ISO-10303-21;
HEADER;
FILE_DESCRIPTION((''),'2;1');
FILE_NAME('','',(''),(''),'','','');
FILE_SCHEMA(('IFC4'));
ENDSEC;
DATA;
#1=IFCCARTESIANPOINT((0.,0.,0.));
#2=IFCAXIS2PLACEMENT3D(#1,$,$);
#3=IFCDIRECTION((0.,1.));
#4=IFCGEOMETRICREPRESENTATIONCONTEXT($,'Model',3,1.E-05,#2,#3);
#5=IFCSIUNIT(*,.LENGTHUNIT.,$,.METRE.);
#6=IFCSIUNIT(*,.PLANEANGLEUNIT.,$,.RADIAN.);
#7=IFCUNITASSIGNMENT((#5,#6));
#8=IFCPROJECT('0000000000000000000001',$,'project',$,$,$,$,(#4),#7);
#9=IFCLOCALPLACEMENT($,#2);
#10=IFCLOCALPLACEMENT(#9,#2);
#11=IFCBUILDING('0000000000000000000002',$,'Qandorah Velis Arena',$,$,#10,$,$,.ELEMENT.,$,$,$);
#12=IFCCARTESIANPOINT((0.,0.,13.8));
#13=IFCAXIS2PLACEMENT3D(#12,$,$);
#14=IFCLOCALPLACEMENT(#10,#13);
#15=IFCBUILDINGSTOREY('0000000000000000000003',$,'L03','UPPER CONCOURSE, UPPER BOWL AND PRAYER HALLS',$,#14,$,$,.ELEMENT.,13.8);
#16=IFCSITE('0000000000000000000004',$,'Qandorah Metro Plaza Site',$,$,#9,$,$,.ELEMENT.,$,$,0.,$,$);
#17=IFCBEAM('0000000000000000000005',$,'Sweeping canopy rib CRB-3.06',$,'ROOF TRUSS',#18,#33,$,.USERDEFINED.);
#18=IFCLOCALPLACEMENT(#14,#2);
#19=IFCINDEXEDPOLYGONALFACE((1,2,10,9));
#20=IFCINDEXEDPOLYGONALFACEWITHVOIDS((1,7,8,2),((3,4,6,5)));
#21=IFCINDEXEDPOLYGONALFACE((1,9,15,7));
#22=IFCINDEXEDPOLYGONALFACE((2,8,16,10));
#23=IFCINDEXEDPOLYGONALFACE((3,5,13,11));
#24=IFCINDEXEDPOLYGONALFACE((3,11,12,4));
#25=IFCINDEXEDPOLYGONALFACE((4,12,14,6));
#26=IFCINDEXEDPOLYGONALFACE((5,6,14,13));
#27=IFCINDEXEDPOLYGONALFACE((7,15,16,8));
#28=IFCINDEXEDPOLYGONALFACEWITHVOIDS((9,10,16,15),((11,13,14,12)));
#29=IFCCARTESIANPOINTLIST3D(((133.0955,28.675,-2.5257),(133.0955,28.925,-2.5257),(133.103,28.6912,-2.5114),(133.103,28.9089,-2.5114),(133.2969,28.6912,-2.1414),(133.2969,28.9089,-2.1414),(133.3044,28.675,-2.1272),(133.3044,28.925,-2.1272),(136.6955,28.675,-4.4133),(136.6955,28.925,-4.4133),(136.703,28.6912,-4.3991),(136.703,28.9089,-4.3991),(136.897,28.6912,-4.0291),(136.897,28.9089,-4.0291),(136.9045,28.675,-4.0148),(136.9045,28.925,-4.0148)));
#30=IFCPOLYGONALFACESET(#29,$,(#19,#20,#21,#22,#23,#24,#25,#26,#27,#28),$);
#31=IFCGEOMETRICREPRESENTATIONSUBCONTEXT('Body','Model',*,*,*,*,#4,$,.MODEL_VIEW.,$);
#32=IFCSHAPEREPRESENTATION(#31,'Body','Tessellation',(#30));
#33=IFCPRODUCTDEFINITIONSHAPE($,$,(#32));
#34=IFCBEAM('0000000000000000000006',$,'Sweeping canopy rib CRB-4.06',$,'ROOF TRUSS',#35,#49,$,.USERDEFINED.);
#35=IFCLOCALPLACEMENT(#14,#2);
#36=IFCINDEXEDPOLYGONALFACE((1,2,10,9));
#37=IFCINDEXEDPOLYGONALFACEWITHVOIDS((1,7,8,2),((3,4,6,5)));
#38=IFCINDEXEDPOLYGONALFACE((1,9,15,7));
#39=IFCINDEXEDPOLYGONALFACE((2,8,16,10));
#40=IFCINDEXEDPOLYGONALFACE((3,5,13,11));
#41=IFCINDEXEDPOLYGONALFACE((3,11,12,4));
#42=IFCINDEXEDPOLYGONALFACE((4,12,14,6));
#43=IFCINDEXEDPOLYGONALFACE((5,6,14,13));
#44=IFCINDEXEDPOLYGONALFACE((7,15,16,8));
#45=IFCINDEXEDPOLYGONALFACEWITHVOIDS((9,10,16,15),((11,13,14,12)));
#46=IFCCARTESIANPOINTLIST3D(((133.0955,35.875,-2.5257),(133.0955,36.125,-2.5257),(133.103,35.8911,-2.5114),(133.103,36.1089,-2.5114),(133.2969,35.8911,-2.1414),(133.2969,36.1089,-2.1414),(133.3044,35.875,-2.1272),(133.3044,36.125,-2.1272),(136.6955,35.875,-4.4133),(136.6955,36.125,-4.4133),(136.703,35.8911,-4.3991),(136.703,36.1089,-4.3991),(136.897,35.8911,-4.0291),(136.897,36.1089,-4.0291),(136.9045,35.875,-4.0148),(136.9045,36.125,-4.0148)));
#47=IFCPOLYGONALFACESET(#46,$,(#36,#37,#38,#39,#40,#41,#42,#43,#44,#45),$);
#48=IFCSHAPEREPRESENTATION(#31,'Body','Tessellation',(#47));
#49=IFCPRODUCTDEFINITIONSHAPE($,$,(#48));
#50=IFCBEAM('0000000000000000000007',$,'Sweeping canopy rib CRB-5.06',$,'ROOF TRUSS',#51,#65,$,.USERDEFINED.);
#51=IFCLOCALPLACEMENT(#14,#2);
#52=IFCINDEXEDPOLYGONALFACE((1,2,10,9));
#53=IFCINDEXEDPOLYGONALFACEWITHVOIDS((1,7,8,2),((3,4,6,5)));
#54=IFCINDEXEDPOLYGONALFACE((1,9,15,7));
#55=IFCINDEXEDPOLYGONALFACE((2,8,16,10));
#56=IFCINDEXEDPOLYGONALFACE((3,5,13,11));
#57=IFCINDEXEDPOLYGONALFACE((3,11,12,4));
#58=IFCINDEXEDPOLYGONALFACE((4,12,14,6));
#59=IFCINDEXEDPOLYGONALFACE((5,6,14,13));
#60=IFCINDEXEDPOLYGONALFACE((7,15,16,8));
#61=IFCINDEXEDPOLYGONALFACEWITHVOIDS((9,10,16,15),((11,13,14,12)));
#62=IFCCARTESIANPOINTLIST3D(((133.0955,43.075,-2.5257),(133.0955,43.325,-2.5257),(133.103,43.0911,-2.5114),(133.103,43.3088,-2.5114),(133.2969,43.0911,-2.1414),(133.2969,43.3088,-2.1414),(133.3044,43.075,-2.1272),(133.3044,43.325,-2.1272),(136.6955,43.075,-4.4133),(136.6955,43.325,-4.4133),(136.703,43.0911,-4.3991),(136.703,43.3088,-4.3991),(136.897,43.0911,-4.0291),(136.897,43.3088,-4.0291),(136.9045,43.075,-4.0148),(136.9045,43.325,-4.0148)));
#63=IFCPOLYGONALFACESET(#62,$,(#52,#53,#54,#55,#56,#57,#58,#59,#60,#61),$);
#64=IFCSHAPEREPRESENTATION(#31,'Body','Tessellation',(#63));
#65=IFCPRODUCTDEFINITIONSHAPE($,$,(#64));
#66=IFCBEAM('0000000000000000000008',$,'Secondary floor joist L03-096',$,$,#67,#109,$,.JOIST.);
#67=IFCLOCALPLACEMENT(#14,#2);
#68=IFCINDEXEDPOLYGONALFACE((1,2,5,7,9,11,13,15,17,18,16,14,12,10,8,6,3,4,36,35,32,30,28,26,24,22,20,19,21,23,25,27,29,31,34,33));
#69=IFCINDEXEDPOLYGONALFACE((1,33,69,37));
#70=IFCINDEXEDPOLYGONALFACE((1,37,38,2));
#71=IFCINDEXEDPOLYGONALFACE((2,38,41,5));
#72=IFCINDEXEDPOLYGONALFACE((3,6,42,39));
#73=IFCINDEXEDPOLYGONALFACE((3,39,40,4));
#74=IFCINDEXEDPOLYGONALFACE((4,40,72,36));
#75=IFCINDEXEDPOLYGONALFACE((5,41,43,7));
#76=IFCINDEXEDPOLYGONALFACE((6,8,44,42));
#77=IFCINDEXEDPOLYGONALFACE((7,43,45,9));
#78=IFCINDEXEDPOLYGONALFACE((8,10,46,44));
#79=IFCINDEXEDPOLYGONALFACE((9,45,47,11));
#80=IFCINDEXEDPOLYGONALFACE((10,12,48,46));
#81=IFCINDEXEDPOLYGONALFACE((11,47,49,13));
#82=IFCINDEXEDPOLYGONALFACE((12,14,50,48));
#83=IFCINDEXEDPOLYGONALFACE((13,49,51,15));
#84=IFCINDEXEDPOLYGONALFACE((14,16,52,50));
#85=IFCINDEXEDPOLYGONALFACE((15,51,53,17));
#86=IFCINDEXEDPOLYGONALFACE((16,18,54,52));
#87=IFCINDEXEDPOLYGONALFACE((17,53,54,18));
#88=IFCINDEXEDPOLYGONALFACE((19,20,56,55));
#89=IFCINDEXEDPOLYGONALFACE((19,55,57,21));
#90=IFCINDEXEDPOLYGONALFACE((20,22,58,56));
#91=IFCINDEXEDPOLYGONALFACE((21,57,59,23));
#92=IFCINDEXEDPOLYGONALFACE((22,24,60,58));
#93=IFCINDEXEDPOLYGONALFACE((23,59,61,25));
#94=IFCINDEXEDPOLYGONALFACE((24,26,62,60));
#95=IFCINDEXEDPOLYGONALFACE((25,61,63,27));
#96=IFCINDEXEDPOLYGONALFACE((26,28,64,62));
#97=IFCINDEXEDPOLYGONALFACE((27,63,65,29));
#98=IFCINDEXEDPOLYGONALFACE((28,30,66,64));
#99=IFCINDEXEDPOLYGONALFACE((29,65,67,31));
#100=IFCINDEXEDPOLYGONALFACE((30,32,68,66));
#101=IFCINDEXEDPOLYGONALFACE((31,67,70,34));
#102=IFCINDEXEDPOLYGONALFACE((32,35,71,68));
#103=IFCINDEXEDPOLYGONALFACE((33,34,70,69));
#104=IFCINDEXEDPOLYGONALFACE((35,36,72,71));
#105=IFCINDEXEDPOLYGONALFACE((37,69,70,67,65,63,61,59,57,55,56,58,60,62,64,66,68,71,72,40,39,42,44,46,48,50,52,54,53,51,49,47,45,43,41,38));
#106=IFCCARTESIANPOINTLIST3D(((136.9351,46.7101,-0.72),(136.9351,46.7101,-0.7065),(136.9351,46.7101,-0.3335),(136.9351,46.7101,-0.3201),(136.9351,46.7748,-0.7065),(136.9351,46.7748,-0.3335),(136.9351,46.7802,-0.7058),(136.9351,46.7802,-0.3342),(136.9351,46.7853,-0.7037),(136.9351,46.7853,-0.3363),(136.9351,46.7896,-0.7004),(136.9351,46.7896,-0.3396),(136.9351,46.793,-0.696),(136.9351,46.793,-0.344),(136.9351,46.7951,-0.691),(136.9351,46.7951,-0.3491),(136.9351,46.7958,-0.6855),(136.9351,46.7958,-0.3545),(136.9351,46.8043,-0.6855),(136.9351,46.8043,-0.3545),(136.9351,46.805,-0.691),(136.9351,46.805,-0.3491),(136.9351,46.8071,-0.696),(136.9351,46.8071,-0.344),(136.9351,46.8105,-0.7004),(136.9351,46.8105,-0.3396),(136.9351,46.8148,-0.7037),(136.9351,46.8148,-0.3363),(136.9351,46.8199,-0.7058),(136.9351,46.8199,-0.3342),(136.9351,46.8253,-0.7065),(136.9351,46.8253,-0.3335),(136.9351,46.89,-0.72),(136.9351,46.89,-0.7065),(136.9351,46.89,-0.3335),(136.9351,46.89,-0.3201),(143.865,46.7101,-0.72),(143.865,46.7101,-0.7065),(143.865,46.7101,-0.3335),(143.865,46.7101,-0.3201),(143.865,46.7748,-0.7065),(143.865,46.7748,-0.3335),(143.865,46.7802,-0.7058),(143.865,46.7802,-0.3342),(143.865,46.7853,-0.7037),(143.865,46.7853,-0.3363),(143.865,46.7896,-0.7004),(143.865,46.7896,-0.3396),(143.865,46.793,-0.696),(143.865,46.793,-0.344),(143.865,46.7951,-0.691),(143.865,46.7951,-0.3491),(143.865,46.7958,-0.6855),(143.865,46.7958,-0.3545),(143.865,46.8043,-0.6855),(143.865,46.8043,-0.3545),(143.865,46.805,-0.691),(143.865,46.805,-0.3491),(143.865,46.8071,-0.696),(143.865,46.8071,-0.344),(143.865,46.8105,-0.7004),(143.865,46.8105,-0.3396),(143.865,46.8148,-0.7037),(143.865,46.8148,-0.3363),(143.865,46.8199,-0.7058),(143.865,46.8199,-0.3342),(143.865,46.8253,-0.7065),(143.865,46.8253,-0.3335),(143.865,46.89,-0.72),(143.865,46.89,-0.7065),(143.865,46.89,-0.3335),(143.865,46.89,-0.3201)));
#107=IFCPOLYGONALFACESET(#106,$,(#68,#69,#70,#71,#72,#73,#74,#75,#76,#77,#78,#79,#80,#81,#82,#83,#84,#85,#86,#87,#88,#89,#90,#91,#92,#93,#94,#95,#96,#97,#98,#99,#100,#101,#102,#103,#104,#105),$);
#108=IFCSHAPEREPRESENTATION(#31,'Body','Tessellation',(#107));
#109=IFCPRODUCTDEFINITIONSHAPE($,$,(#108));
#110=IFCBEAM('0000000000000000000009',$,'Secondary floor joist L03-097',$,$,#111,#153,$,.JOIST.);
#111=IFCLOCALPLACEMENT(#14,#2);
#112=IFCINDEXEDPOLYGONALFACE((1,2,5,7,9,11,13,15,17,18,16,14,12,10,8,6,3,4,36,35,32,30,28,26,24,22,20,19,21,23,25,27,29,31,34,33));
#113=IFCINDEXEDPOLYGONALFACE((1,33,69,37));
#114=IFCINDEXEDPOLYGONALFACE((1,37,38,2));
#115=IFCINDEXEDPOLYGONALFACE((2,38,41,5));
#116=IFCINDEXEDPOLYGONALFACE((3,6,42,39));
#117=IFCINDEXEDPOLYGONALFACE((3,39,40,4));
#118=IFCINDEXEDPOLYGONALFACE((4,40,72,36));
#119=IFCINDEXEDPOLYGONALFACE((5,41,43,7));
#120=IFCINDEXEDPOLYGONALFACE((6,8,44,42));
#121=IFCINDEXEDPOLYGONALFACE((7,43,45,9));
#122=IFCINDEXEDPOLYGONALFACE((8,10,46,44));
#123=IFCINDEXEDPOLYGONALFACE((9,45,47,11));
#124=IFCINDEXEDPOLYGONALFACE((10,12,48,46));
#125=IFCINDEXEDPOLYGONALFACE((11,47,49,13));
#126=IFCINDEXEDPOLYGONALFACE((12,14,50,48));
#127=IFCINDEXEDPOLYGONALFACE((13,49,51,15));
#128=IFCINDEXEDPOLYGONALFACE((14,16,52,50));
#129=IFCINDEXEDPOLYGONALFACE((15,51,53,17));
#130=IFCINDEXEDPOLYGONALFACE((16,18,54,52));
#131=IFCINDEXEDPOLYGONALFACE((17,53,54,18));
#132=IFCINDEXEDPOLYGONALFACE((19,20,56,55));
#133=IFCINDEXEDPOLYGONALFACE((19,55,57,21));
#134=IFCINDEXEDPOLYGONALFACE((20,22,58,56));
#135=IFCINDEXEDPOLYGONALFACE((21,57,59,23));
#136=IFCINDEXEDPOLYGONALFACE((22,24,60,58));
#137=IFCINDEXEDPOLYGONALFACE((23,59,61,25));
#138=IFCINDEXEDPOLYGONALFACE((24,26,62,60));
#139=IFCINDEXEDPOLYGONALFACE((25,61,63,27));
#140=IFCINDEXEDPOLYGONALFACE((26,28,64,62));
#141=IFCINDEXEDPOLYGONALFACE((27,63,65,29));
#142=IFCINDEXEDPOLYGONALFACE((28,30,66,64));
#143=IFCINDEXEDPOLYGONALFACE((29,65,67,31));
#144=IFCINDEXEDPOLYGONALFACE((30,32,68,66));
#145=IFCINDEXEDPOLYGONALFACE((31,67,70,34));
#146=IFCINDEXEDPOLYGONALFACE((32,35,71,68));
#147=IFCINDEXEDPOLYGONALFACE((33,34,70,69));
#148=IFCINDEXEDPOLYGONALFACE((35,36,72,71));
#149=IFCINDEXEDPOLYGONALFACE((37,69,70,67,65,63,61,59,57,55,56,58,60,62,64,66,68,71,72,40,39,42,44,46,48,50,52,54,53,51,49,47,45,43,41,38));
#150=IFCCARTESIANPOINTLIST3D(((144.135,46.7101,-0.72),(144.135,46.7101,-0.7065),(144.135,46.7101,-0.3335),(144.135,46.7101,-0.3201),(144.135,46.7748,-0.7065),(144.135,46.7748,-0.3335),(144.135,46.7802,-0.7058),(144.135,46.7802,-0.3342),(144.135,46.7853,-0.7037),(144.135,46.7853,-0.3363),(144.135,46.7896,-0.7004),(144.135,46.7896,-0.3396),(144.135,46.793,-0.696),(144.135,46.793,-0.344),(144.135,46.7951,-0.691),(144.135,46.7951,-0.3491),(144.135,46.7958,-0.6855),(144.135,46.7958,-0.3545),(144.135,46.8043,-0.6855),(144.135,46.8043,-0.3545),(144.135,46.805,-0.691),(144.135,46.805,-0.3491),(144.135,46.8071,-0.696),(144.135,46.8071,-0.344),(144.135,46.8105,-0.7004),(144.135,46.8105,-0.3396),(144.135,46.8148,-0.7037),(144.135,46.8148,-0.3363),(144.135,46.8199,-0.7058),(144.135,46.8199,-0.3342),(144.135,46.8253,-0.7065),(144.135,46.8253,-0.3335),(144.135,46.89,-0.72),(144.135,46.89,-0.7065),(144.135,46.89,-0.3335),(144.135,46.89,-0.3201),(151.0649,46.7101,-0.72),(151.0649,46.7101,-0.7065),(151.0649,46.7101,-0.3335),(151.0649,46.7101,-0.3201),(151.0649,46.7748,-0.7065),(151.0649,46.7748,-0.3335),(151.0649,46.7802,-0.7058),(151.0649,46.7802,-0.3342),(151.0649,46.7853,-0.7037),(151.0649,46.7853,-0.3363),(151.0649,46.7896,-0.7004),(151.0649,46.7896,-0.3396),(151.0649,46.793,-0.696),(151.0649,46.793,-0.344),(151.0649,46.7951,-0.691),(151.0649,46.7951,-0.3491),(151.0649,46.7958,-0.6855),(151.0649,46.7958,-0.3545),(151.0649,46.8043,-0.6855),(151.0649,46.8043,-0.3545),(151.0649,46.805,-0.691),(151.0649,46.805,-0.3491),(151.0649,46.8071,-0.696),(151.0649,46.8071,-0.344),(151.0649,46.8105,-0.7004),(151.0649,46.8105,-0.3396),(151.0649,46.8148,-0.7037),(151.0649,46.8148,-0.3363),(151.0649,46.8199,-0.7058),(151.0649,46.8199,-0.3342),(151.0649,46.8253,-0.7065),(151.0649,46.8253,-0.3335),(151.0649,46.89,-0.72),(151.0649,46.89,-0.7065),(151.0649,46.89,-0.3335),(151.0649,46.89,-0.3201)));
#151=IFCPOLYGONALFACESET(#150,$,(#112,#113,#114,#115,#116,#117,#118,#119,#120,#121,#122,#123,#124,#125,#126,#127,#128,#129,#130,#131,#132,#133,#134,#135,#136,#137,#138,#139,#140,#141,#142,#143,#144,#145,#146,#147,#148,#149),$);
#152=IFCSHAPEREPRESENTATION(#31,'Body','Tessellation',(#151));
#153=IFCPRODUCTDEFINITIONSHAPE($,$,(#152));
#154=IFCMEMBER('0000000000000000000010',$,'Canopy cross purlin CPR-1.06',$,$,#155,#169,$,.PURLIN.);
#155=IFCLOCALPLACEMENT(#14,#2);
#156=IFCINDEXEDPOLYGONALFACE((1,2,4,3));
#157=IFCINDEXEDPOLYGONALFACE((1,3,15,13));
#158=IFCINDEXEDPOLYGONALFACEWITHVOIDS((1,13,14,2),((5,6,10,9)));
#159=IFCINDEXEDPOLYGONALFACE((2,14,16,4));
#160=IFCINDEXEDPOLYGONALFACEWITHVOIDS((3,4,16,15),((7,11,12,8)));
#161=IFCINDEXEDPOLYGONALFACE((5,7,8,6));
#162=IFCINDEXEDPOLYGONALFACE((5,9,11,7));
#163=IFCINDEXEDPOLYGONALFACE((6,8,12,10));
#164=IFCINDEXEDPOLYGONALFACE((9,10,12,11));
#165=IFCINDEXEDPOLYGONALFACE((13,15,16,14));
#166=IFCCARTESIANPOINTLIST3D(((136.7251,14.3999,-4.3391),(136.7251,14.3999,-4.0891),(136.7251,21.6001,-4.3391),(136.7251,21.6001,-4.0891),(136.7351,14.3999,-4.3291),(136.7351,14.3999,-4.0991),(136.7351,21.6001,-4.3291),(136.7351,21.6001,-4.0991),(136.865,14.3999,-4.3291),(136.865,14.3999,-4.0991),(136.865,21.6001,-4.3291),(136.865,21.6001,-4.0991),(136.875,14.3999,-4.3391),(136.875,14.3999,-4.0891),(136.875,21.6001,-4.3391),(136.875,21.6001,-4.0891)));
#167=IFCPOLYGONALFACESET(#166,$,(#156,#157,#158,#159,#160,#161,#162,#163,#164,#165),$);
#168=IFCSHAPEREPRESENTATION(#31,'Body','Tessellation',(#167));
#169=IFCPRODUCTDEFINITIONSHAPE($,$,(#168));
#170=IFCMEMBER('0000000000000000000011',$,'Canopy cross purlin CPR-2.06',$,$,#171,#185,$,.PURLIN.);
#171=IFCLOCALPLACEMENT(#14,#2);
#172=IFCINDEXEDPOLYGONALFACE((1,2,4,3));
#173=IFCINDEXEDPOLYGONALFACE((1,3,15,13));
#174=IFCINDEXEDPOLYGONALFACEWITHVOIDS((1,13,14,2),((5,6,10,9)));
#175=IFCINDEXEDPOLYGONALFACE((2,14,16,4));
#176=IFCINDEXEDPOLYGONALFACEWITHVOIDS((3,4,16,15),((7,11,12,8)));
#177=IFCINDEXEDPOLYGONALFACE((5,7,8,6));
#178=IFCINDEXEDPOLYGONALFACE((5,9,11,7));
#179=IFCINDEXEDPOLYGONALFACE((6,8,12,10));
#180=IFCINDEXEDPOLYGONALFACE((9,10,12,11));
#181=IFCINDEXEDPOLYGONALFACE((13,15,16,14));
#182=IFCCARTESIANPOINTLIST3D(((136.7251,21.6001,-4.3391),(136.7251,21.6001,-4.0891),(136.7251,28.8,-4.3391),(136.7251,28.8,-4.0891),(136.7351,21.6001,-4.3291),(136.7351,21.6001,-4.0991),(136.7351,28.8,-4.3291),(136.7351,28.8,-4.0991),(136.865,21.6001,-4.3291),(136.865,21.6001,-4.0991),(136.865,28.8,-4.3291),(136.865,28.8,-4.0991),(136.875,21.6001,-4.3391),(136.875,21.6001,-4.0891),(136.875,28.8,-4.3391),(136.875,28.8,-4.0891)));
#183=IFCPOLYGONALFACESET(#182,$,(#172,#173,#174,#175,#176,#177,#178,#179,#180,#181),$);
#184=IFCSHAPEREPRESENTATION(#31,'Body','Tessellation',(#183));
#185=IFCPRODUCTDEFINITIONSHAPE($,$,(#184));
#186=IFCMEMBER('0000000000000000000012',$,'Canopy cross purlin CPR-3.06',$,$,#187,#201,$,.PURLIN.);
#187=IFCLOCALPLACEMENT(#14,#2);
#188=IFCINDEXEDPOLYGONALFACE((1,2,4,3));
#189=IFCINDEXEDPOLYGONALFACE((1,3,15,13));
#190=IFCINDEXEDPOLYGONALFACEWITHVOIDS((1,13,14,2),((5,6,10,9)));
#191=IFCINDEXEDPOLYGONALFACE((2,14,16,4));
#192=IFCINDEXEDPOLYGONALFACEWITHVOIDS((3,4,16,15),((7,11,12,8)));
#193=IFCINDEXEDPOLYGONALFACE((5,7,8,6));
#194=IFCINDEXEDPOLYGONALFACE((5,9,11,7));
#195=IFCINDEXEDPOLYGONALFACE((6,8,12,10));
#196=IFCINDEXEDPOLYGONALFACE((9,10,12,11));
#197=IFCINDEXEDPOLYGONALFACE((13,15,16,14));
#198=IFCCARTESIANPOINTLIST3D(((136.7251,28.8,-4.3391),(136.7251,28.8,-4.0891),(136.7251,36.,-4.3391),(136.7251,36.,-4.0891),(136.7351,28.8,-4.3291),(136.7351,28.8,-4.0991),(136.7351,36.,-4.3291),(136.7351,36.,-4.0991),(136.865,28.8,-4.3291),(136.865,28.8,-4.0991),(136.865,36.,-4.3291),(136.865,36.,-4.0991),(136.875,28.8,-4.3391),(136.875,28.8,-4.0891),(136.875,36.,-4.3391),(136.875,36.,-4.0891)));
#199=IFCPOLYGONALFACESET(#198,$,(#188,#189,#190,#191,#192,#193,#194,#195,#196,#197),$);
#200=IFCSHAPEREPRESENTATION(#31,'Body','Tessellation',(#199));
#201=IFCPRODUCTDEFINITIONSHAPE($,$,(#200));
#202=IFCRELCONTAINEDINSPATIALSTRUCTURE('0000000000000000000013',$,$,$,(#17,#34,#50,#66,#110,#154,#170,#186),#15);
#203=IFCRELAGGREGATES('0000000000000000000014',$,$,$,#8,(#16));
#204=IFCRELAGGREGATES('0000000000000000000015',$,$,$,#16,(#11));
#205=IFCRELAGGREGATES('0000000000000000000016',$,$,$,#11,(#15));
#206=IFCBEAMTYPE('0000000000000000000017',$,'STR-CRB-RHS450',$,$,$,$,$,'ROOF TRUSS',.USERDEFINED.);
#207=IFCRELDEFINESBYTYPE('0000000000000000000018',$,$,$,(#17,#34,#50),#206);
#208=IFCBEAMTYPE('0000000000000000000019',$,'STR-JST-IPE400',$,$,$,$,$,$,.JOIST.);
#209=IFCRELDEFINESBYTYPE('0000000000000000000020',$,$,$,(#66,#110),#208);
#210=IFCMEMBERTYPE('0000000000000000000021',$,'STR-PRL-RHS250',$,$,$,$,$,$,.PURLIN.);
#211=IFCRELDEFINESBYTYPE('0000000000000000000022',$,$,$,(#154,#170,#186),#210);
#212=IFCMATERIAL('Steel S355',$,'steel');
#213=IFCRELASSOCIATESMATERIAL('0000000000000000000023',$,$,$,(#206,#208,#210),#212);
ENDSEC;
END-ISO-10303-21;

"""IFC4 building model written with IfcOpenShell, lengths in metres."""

from ifc_helpers import new_model, si_unit, direction, frame, origin, origin_2d, place, context, subcontext, project, spatial, hollow_rectangle, i_section, extrude, material, material_profile, profile_set, type_object, element, save


model = new_model("IFC4")

# Units and contexts
model_context = context("Model", 3, precision=1e-05, world=origin(), true_north=direction((0.0, 1.0)))
body_context = subcontext(model_context, "Body", "Model", "MODEL_VIEW")
ifc_project = project(units=[si_unit("LENGTHUNIT", "METRE"), si_unit("PLANEANGLEUNIT", "RADIAN")], contexts=[model_context])

# Site, building, storey
site_placement = place(None, origin())
site = spatial("IfcSite", under=ifc_project, at=site_placement, Name="Qandorah Metro Plaza Site", CompositionType="ELEMENT", RefElevation=0.0)
building_placement = place(site_placement, origin())
building = spatial("IfcBuilding", under=site, at=building_placement, Name="Qandorah Velis Arena", CompositionType="ELEMENT")
storey_placement = place(building_placement, frame((0.0, 0.0, 13.8)))
storey = spatial("IfcBuildingStorey", under=building, at=storey_placement, Name="L03", Description="UPPER CONCOURSE, UPPER BOWL AND PRAYER HALLS", CompositionType="ELEMENT", Elevation=13.8)

# Beams
ifc_material_1 = material(Name="Steel S355", Category="steel")
ifc_material_profile_1 = material_profile(ifc_material_1, hollow_rectangle(XDim=0.25, YDim=0.45, WallThickness=0.0161, at=origin_2d()), Name="RHS 450x250x16")
ifc_profile_set_1 = profile_set([ifc_material_profile_1], Name="Steel S355")
beam_type_1 = type_object("IfcBeamType", Name="STR-CRB-RHS450", ElementType="ROOF TRUSS", PredefinedType="USERDEFINED", material=ifc_profile_set_1)
for number, where, z_axis, x_axis, name in (
    (1, (133.2, 28.8, -2.3264), (0.885636, 0.0, -0.464379), (0.0, 1.0, 0.0), "Sweeping canopy rib CRB-3.06"),
    (2, (133.2, 36.0, -2.3264), (0.885636, 0.0, -0.464379), (0.0, 1.0, 0.0), "Sweeping canopy rib CRB-4.06"),
    (3, (133.2, 43.2, -2.3264), (0.885636, 0.0, -0.464379), (0.0, 1.0, 0.0), "Sweeping canopy rib CRB-5.06"),
):
    element("IfcBeam", number, at=place(storey_placement, frame(where, z_axis=z_axis, x_axis=x_axis)), inside=storey, type_object=beam_type_1, Name=name, ObjectType="ROOF TRUSS", PredefinedType="USERDEFINED", context=body_context, shape_type="SweptSolid", body=[
        extrude(hollow_rectangle(XDim=0.25, YDim=0.45, WallThickness=0.0161, at=origin_2d()), origin(), (0.0, 0.0, 1.0), 4.0649),
    ])
ifc_material_profile_2 = material_profile(ifc_material_1, i_section(OverallWidth=0.1799, OverallDepth=0.3999, WebThickness=0.0085, FlangeThickness=0.0134, FilletRadius=0.021, at=origin_2d()), Name="IPE 400")
ifc_profile_set_2 = profile_set([ifc_material_profile_2], Name="Steel S355")
beam_type_2 = type_object("IfcBeamType", Name="STR-JST-IPE400", PredefinedType="JOIST", material=ifc_profile_set_2)
for number, where, z_axis, x_axis, name in (
    (4, (136.9351, 46.8, -0.52), (1.0, 0.0, 0.0), (0.0, 1.0, 0.0), "Secondary floor joist L03-096"),
    (5, (144.135, 46.8, -0.52), (1.0, 0.0, 0.0), (0.0, 1.0, 0.0), "Secondary floor joist L03-097"),
):
    element("IfcBeam", number, at=place(storey_placement, frame(where, z_axis=z_axis, x_axis=x_axis)), inside=storey, type_object=beam_type_2, Name=name, PredefinedType="JOIST", context=body_context, shape_type="SweptSolid", body=[
        extrude(i_section(OverallWidth=0.1799, OverallDepth=0.3999, WebThickness=0.0085, FlangeThickness=0.0134, FilletRadius=0.021, at=origin_2d()), origin(), (0.0, 0.0, 1.0), 6.9299),
    ])

# Members
ifc_material_profile_3 = material_profile(ifc_material_1, hollow_rectangle(XDim=0.1499, YDim=0.25, WallThickness=0.01, at=origin_2d()), Name="RHS 250x150x10")
ifc_profile_set_3 = profile_set([ifc_material_profile_3], Name="Steel S355")
member_type_1 = type_object("IfcMemberType", Name="STR-PRL-RHS250", PredefinedType="PURLIN", material=ifc_profile_set_3)
member_placement = place(storey_placement, frame((136.8, 14.3999, -4.2141), z_axis=(0.0, 1.0, 0.0), x_axis=(-1.0, 0.0, 0.0)))
element("IfcMember", 6, at=member_placement, inside=storey, type_object=member_type_1, Name="Canopy cross purlin CPR-1.06", PredefinedType="PURLIN", context=body_context, shape_type="SweptSolid", body=[
    extrude(hollow_rectangle(XDim=0.1499, YDim=0.25, WallThickness=0.01, at=origin_2d()), origin(), (0.0, 0.0, 1.0), 7.2002),
])
for number, where, z_axis, x_axis, name in (
    (7, (136.8, 21.6001, -4.2141), (0.0, 1.0, 0.0), (-1.0, 0.0, 0.0), "Canopy cross purlin CPR-2.06"),
    (8, (136.8, 28.8, -4.2141), (0.0, 1.0, 0.0), (-1.0, 0.0, 0.0), "Canopy cross purlin CPR-3.06"),
):
    element("IfcMember", number, at=place(storey_placement, frame(where, z_axis=z_axis, x_axis=x_axis)), inside=storey, type_object=member_type_1, Name=name, PredefinedType="PURLIN", context=body_context, shape_type="SweptSolid", body=[
        extrude(hollow_rectangle(XDim=0.1499, YDim=0.25, WallThickness=0.01, at=origin_2d()), origin(), (0.0, 0.0, 1.0), 7.2),
    ])

save(model, "model.ifc")
